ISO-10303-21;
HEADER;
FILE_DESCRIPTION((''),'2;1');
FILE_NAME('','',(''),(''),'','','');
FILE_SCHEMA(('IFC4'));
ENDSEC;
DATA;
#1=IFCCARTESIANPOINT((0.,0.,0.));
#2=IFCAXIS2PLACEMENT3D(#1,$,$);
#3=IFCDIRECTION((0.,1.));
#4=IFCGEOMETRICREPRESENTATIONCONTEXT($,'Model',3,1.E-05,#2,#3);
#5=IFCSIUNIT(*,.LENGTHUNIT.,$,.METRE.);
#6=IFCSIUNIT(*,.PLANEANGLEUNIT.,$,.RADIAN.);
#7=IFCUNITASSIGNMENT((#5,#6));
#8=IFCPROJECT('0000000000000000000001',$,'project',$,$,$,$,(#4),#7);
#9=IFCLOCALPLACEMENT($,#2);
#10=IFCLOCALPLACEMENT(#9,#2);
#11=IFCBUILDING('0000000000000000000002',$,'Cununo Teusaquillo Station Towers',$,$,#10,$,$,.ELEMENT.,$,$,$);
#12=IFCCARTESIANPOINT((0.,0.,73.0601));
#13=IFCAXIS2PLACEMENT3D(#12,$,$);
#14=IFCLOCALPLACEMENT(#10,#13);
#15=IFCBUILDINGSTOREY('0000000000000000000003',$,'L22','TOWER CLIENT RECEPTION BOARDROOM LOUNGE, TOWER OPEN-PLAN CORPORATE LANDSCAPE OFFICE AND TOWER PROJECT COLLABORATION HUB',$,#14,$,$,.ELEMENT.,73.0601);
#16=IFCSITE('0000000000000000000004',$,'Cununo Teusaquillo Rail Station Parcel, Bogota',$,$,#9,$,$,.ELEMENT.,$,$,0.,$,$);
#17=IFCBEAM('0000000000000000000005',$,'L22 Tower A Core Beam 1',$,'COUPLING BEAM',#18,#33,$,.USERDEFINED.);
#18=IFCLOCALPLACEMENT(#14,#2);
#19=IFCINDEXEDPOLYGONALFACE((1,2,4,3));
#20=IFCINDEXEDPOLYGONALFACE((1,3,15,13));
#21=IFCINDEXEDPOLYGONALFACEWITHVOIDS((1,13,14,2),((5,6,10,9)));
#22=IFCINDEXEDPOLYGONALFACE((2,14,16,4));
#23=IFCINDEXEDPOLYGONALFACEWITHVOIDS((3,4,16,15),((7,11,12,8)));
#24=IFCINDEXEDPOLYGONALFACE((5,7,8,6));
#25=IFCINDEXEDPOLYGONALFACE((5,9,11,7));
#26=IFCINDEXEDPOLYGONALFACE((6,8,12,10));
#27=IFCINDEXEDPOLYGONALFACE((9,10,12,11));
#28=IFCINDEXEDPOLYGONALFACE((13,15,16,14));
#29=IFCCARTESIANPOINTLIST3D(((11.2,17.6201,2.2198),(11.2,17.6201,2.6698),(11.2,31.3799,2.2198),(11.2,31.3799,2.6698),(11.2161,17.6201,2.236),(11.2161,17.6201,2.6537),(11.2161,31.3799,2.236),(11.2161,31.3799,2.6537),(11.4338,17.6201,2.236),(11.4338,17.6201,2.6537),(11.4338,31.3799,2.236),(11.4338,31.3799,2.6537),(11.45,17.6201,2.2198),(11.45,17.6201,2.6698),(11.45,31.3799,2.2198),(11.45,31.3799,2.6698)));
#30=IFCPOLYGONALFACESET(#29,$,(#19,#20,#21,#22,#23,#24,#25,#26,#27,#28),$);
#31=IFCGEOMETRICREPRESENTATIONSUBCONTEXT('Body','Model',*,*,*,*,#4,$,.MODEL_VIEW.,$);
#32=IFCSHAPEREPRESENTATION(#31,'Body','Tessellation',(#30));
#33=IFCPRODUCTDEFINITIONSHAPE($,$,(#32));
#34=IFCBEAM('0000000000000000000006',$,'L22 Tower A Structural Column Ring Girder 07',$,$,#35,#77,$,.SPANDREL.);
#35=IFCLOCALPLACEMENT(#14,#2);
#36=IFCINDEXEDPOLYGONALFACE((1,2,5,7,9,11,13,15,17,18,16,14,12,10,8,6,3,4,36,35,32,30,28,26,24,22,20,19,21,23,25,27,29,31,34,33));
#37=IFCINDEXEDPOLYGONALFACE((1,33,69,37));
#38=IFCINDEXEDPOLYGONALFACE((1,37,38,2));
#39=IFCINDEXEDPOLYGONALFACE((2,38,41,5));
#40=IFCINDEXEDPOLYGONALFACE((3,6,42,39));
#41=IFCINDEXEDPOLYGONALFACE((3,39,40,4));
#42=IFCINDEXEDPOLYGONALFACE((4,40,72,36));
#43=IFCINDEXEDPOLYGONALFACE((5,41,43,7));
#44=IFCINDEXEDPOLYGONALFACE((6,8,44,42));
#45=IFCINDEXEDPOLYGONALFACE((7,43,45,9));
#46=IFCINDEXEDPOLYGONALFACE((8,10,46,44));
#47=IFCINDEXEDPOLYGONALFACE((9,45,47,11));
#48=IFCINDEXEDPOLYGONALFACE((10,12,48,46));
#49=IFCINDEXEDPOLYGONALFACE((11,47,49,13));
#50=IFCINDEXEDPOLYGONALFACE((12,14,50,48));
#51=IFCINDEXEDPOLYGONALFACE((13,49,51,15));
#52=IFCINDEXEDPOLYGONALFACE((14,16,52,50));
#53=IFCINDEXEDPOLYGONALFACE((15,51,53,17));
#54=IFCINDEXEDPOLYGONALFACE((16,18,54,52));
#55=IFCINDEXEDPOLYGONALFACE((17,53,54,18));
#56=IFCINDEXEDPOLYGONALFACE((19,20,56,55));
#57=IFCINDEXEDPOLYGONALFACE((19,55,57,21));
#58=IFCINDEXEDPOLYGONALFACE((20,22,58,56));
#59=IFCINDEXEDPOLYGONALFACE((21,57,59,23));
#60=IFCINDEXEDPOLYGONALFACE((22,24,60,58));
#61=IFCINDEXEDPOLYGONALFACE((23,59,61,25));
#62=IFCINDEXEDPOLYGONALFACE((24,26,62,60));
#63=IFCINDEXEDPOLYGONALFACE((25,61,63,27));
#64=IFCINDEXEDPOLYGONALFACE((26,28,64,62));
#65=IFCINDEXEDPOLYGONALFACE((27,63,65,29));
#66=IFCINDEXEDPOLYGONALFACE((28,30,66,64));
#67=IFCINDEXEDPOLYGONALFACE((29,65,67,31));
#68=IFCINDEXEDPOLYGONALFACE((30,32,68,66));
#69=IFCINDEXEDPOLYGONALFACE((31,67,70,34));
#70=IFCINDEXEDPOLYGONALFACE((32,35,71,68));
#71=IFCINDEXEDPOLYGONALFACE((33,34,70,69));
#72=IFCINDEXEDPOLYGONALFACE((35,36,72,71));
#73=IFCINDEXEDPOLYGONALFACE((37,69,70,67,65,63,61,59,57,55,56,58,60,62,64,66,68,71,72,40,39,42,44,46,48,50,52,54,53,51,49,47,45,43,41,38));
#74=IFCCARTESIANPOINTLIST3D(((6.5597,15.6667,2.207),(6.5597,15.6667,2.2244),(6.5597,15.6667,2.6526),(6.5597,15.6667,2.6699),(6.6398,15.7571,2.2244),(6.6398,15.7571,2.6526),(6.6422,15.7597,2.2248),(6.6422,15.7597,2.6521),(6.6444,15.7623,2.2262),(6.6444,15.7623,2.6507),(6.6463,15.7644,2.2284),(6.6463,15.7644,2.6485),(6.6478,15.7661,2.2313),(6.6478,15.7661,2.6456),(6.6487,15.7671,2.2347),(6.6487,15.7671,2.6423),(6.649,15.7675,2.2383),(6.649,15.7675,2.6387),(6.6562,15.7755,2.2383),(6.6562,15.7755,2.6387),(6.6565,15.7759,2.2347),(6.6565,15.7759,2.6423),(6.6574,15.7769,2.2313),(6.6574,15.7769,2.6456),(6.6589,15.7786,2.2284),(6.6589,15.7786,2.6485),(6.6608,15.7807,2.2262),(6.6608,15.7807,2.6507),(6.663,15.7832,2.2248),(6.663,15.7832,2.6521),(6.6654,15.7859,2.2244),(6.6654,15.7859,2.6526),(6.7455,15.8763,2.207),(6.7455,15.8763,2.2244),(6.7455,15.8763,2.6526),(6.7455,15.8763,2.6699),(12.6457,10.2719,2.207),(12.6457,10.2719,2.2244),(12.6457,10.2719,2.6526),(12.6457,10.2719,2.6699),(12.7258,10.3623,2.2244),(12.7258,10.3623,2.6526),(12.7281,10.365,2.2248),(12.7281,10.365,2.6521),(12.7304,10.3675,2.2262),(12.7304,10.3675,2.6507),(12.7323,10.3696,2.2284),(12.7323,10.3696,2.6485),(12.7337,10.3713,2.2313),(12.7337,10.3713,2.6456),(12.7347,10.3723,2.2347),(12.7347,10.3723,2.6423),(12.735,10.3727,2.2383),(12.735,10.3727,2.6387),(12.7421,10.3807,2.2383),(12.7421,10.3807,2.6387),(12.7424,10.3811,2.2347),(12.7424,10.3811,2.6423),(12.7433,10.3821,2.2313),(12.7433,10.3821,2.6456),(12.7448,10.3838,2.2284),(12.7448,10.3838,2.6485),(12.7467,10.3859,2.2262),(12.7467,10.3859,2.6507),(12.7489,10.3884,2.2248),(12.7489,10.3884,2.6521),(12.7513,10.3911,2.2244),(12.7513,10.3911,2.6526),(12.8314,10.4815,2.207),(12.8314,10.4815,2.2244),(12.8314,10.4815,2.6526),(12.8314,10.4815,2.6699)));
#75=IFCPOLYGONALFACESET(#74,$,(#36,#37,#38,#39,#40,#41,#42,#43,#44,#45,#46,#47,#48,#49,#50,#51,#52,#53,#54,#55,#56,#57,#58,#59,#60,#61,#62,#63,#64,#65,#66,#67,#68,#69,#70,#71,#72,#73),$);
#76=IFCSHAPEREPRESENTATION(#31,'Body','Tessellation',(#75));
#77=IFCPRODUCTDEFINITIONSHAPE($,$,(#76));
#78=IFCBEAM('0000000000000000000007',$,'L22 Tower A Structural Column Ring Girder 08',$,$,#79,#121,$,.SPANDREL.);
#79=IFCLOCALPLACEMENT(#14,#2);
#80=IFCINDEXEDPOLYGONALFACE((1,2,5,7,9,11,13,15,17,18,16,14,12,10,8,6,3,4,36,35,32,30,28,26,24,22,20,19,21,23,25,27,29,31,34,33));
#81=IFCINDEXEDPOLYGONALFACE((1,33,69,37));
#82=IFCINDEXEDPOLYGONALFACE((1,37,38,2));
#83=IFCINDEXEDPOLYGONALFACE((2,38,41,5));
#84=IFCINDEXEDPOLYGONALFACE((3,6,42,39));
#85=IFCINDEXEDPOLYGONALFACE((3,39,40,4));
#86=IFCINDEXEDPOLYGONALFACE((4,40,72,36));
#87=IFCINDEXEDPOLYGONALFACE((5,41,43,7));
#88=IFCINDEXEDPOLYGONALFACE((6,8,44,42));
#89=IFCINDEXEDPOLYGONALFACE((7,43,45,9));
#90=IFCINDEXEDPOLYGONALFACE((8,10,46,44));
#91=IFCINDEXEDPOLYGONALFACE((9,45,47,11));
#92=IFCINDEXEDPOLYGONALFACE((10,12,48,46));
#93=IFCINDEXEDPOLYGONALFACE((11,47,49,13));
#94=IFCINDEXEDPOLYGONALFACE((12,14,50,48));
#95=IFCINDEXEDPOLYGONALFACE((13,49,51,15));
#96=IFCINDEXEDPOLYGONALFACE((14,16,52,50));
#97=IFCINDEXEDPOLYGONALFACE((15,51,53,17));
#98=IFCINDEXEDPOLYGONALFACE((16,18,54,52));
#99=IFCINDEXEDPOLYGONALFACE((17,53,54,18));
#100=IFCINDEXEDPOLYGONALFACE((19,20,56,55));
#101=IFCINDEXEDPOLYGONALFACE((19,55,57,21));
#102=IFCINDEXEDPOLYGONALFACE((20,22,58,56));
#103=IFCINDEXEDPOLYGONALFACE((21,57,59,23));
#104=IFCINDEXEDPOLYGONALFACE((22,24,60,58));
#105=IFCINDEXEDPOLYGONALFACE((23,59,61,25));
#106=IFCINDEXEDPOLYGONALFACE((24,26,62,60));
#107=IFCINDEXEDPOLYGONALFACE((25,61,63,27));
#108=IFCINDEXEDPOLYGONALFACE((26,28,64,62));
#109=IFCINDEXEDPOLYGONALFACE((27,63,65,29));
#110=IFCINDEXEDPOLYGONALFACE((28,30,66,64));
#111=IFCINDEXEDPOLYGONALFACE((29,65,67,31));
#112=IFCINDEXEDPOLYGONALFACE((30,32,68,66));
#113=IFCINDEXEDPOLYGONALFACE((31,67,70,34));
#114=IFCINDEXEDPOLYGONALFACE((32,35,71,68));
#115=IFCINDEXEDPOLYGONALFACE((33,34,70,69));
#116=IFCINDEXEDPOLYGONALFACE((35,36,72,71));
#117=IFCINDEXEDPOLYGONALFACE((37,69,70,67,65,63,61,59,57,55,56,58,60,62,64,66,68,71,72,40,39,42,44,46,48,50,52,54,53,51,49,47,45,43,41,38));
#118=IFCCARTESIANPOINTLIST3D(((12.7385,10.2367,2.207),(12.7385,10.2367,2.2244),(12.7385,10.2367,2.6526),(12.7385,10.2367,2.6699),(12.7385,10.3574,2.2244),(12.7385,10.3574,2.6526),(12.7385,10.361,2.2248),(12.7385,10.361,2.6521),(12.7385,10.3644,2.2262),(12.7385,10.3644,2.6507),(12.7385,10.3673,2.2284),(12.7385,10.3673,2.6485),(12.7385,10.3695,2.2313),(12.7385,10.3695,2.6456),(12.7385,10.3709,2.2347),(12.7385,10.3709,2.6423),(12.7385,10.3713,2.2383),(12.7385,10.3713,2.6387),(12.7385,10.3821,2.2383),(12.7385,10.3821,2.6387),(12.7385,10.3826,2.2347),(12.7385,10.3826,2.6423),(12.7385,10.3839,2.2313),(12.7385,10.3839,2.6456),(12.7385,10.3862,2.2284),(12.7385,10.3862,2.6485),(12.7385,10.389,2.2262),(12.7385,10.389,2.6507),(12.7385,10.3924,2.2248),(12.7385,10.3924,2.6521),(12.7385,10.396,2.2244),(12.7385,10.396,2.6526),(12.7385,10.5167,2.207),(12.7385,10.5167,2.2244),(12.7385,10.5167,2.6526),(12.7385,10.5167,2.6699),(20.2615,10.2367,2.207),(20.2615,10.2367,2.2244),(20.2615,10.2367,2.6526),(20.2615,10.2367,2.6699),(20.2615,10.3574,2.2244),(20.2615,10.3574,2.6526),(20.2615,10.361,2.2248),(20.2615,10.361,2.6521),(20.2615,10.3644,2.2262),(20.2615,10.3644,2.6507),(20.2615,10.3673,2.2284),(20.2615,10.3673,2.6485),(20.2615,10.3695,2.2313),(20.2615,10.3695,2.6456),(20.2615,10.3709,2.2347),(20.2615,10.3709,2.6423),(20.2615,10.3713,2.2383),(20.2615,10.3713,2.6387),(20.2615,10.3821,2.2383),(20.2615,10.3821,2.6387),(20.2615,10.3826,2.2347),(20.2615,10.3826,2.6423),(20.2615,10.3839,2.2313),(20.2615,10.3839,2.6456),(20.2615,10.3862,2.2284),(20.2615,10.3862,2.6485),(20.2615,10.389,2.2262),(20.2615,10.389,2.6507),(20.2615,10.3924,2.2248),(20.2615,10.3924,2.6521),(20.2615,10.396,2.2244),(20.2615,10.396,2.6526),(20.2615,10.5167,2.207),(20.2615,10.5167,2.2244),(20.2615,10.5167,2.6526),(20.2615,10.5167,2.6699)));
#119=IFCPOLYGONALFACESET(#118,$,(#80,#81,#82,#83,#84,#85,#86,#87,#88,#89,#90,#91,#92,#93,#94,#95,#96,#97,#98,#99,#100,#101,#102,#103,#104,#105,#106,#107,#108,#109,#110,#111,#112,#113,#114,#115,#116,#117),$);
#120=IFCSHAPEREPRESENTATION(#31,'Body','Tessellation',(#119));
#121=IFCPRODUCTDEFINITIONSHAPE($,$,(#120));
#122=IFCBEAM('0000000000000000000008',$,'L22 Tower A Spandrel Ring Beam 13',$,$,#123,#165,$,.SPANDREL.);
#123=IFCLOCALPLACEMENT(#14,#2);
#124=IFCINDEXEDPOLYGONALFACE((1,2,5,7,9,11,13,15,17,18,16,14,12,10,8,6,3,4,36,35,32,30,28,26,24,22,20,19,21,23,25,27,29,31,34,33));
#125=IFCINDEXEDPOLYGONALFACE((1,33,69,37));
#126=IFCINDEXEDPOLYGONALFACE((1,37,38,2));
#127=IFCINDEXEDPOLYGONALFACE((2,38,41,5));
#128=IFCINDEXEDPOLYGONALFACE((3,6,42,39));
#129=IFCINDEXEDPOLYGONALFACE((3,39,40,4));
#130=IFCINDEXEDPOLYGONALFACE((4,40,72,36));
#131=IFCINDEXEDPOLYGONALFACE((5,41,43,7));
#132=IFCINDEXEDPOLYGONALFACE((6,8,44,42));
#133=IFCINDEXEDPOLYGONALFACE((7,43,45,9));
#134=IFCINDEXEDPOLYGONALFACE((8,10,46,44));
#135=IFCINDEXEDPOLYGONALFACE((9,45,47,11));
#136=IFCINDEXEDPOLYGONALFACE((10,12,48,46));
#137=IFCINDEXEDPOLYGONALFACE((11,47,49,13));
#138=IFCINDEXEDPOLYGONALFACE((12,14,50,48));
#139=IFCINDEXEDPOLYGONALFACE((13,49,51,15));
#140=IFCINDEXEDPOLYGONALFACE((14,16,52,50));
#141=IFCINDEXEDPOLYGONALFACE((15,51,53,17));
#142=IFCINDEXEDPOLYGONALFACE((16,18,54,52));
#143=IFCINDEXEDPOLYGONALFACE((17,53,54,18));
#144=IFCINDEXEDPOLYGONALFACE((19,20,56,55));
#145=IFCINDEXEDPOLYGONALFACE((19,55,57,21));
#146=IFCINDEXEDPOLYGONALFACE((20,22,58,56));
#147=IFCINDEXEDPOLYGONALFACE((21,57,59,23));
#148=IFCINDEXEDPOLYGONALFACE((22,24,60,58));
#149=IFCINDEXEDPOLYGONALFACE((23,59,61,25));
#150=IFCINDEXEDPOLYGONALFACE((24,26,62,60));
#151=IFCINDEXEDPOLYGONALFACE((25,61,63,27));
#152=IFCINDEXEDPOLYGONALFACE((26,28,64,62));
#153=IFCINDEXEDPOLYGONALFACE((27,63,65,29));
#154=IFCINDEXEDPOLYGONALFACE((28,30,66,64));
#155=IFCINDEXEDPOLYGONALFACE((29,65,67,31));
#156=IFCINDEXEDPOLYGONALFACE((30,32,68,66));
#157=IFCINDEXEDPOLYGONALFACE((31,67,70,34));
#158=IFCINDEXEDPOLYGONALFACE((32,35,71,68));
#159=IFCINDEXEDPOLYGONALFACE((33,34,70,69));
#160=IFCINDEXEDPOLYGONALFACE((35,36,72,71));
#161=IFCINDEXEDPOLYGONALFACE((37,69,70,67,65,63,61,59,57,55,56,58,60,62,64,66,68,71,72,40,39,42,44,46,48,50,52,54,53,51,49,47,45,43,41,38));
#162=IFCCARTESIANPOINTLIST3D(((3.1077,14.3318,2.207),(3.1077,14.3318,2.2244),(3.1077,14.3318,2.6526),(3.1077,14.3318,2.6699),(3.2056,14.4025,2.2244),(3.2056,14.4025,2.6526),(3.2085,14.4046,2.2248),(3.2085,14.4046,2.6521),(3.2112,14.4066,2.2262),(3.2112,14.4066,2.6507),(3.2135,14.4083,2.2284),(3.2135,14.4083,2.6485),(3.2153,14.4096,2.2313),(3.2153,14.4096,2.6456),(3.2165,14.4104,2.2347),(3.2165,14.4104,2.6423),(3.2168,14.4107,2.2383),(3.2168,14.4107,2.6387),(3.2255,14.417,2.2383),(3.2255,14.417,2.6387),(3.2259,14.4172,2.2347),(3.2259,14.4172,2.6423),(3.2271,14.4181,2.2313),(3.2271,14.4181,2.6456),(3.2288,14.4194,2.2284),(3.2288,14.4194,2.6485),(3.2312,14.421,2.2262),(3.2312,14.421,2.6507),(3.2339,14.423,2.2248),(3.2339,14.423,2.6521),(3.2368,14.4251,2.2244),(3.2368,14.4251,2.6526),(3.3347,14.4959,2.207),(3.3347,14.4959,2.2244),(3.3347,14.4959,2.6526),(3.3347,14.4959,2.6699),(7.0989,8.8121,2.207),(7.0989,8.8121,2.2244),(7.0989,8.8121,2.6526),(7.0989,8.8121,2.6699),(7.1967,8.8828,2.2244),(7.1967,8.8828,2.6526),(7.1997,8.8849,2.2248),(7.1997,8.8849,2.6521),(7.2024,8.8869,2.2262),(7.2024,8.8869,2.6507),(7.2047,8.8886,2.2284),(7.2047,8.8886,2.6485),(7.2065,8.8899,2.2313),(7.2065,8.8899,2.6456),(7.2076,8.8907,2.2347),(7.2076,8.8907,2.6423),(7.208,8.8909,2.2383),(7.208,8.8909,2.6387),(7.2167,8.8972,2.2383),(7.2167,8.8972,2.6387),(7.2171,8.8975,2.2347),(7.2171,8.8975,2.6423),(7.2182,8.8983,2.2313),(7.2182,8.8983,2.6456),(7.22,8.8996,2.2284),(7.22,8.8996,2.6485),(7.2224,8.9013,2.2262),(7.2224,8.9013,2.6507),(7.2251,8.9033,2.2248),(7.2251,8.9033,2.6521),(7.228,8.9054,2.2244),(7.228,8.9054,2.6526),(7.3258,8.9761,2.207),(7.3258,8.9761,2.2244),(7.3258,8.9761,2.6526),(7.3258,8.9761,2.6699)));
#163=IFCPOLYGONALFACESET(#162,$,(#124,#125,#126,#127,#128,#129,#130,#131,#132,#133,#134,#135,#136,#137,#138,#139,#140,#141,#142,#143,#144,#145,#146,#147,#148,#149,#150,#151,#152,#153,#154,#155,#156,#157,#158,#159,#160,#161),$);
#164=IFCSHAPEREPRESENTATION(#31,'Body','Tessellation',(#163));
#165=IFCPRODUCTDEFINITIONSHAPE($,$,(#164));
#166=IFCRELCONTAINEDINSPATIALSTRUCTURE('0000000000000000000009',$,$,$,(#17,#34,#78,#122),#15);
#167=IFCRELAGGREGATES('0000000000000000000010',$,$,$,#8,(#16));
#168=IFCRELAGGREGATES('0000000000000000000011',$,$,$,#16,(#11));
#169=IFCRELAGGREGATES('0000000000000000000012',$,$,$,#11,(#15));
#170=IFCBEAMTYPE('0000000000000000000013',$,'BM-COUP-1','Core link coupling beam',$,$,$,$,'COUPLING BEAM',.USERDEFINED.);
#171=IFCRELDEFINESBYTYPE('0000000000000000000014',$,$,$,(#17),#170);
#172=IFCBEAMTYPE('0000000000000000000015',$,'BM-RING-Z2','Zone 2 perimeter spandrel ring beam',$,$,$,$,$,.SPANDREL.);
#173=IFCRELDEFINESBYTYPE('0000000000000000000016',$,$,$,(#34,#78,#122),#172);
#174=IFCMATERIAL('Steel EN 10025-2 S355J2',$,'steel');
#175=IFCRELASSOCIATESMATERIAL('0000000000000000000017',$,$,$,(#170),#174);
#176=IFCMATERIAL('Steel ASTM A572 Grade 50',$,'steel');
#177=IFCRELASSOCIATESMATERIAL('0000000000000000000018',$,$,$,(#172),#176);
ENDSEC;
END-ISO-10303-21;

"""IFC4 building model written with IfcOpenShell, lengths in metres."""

from ifc_helpers import new_model, si_unit, direction, frame, origin, origin_2d, place, context, subcontext, project, spatial, hollow_rectangle, i_section, extrude, material, material_profile, profile_set, type_object, element, save


model = new_model("IFC4")

# Units and contexts
model_context = context("Model", 3, precision=1e-05, world=origin(), true_north=direction((0.0, 1.0)))
body_context = subcontext(model_context, "Body", "Model", "MODEL_VIEW")
ifc_project = project(units=[si_unit("LENGTHUNIT", "METRE"), si_unit("PLANEANGLEUNIT", "RADIAN")], contexts=[model_context])

# Site, building, storey
site_placement = place(None, origin())
site = spatial("IfcSite", under=ifc_project, at=site_placement, Name="Cununo Teusaquillo Rail Station Parcel, Bogota", CompositionType="ELEMENT", RefElevation=0.0)
building_placement = place(site_placement, origin())
building = spatial("IfcBuilding", under=site, at=building_placement, Name="Cununo Teusaquillo Station Towers", CompositionType="ELEMENT")
storey_placement = place(building_placement, frame((0.0, 0.0, 73.0601)))
storey = spatial("IfcBuildingStorey", under=building, at=storey_placement, Name="L22", Description="TOWER CLIENT RECEPTION BOARDROOM LOUNGE, TOWER OPEN-PLAN CORPORATE LANDSCAPE OFFICE AND TOWER PROJECT COLLABORATION HUB", CompositionType="ELEMENT", Elevation=73.0601)

# Beams
ifc_material_1 = material(Name="Steel EN 10025-2 S355J2", Category="steel")
ifc_material_profile_1 = material_profile(ifc_material_1, hollow_rectangle(XDim=0.25, YDim=0.45, WallThickness=0.0161, at=origin_2d()), Name="RHS 450x250x16")
ifc_profile_set_1 = profile_set([ifc_material_profile_1], Name="Steel EN 10025-2 S355J2")
beam_type_1 = type_object("IfcBeamType", Name="BM-COUP-1", Description="Core link coupling beam", ElementType="COUPLING BEAM", PredefinedType="USERDEFINED", material=ifc_profile_set_1)
beam_1_placement = place(storey_placement, frame((11.325, 17.6201, 2.4448), z_axis=(0.0, 1.0, 0.0), x_axis=(-1.0, 0.0, 0.0)))
element("IfcBeam", 1, at=beam_1_placement, inside=storey, type_object=beam_type_1, Name="L22 Tower A Core Beam 1", ObjectType="COUPLING BEAM", PredefinedType="USERDEFINED", context=body_context, shape_type="SweptSolid", body=[
    extrude(hollow_rectangle(XDim=0.25, YDim=0.45, WallThickness=0.0161, at=origin_2d()), origin(), (0.0, 0.0, 1.0), 13.7598),
])
ifc_material_2 = material(Name="Steel ASTM A572 Grade 50", Category="steel")
ifc_material_profile_2 = material_profile(ifc_material_2, i_section(OverallWidth=0.28, OverallDepth=0.4629, WebThickness=0.0107, FlangeThickness=0.0173, FilletRadius=0.0139, at=origin_2d()), Name="W18X76")
ifc_profile_set_2 = profile_set([ifc_material_profile_2], Name="Steel ASTM A572 Grade 50")
beam_type_2 = type_object("IfcBeamType", Name="BM-RING-Z2", Description="Zone 2 perimeter spandrel ring beam", PredefinedType="SPANDREL", material=ifc_profile_set_2)
beam_2_placement = place(storey_placement, frame((6.6526, 15.7715, 2.4385), z_axis=(0.748321, -0.663337, 0.0), x_axis=(0.663337, 0.748321, 0.0)))
element("IfcBeam", 2, at=beam_2_placement, inside=storey, type_object=beam_type_2, Name="L22 Tower A Structural Column Ring Girder 07", PredefinedType="SPANDREL", context=body_context, shape_type="SweptSolid", body=[
    extrude(i_section(OverallWidth=0.28, OverallDepth=0.4629, WebThickness=0.0107, FlangeThickness=0.0173, FilletRadius=0.0139, at=origin_2d()), origin(), (0.0, 0.0, 1.0), 8.1328),
])
beam_3_placement = place(storey_placement, frame((12.7385, 10.3767, 2.4385), z_axis=(1.0, 0.0, 0.0), x_axis=(0.0, 1.0, 0.0)))
element("IfcBeam", 3, at=beam_3_placement, inside=storey, type_object=beam_type_2, Name="L22 Tower A Structural Column Ring Girder 08", PredefinedType="SPANDREL", context=body_context, shape_type="SweptSolid", body=[
    extrude(i_section(OverallWidth=0.28, OverallDepth=0.4629, WebThickness=0.0107, FlangeThickness=0.0173, FilletRadius=0.0139, at=origin_2d()), origin(), (0.0, 0.0, 1.0), 7.5229),
])
beam_4_placement = place(storey_placement, frame((3.2212, 14.4138, 2.4385), z_axis=(0.585945, -0.810351, 0.0), x_axis=(0.810351, 0.585945, 0.0)))
element("IfcBeam", 4, at=beam_4_placement, inside=storey, type_object=beam_type_2, Name="L22 Tower A Spandrel Ring Beam 13", PredefinedType="SPANDREL", context=body_context, shape_type="SweptSolid", body=[
    extrude(i_section(OverallWidth=0.28, OverallDepth=0.4629, WebThickness=0.0107, FlangeThickness=0.0173, FilletRadius=0.0139, at=origin_2d()), origin(), (0.0, 0.0, 1.0), 6.8115),
])

save(model, "model.ifc")
